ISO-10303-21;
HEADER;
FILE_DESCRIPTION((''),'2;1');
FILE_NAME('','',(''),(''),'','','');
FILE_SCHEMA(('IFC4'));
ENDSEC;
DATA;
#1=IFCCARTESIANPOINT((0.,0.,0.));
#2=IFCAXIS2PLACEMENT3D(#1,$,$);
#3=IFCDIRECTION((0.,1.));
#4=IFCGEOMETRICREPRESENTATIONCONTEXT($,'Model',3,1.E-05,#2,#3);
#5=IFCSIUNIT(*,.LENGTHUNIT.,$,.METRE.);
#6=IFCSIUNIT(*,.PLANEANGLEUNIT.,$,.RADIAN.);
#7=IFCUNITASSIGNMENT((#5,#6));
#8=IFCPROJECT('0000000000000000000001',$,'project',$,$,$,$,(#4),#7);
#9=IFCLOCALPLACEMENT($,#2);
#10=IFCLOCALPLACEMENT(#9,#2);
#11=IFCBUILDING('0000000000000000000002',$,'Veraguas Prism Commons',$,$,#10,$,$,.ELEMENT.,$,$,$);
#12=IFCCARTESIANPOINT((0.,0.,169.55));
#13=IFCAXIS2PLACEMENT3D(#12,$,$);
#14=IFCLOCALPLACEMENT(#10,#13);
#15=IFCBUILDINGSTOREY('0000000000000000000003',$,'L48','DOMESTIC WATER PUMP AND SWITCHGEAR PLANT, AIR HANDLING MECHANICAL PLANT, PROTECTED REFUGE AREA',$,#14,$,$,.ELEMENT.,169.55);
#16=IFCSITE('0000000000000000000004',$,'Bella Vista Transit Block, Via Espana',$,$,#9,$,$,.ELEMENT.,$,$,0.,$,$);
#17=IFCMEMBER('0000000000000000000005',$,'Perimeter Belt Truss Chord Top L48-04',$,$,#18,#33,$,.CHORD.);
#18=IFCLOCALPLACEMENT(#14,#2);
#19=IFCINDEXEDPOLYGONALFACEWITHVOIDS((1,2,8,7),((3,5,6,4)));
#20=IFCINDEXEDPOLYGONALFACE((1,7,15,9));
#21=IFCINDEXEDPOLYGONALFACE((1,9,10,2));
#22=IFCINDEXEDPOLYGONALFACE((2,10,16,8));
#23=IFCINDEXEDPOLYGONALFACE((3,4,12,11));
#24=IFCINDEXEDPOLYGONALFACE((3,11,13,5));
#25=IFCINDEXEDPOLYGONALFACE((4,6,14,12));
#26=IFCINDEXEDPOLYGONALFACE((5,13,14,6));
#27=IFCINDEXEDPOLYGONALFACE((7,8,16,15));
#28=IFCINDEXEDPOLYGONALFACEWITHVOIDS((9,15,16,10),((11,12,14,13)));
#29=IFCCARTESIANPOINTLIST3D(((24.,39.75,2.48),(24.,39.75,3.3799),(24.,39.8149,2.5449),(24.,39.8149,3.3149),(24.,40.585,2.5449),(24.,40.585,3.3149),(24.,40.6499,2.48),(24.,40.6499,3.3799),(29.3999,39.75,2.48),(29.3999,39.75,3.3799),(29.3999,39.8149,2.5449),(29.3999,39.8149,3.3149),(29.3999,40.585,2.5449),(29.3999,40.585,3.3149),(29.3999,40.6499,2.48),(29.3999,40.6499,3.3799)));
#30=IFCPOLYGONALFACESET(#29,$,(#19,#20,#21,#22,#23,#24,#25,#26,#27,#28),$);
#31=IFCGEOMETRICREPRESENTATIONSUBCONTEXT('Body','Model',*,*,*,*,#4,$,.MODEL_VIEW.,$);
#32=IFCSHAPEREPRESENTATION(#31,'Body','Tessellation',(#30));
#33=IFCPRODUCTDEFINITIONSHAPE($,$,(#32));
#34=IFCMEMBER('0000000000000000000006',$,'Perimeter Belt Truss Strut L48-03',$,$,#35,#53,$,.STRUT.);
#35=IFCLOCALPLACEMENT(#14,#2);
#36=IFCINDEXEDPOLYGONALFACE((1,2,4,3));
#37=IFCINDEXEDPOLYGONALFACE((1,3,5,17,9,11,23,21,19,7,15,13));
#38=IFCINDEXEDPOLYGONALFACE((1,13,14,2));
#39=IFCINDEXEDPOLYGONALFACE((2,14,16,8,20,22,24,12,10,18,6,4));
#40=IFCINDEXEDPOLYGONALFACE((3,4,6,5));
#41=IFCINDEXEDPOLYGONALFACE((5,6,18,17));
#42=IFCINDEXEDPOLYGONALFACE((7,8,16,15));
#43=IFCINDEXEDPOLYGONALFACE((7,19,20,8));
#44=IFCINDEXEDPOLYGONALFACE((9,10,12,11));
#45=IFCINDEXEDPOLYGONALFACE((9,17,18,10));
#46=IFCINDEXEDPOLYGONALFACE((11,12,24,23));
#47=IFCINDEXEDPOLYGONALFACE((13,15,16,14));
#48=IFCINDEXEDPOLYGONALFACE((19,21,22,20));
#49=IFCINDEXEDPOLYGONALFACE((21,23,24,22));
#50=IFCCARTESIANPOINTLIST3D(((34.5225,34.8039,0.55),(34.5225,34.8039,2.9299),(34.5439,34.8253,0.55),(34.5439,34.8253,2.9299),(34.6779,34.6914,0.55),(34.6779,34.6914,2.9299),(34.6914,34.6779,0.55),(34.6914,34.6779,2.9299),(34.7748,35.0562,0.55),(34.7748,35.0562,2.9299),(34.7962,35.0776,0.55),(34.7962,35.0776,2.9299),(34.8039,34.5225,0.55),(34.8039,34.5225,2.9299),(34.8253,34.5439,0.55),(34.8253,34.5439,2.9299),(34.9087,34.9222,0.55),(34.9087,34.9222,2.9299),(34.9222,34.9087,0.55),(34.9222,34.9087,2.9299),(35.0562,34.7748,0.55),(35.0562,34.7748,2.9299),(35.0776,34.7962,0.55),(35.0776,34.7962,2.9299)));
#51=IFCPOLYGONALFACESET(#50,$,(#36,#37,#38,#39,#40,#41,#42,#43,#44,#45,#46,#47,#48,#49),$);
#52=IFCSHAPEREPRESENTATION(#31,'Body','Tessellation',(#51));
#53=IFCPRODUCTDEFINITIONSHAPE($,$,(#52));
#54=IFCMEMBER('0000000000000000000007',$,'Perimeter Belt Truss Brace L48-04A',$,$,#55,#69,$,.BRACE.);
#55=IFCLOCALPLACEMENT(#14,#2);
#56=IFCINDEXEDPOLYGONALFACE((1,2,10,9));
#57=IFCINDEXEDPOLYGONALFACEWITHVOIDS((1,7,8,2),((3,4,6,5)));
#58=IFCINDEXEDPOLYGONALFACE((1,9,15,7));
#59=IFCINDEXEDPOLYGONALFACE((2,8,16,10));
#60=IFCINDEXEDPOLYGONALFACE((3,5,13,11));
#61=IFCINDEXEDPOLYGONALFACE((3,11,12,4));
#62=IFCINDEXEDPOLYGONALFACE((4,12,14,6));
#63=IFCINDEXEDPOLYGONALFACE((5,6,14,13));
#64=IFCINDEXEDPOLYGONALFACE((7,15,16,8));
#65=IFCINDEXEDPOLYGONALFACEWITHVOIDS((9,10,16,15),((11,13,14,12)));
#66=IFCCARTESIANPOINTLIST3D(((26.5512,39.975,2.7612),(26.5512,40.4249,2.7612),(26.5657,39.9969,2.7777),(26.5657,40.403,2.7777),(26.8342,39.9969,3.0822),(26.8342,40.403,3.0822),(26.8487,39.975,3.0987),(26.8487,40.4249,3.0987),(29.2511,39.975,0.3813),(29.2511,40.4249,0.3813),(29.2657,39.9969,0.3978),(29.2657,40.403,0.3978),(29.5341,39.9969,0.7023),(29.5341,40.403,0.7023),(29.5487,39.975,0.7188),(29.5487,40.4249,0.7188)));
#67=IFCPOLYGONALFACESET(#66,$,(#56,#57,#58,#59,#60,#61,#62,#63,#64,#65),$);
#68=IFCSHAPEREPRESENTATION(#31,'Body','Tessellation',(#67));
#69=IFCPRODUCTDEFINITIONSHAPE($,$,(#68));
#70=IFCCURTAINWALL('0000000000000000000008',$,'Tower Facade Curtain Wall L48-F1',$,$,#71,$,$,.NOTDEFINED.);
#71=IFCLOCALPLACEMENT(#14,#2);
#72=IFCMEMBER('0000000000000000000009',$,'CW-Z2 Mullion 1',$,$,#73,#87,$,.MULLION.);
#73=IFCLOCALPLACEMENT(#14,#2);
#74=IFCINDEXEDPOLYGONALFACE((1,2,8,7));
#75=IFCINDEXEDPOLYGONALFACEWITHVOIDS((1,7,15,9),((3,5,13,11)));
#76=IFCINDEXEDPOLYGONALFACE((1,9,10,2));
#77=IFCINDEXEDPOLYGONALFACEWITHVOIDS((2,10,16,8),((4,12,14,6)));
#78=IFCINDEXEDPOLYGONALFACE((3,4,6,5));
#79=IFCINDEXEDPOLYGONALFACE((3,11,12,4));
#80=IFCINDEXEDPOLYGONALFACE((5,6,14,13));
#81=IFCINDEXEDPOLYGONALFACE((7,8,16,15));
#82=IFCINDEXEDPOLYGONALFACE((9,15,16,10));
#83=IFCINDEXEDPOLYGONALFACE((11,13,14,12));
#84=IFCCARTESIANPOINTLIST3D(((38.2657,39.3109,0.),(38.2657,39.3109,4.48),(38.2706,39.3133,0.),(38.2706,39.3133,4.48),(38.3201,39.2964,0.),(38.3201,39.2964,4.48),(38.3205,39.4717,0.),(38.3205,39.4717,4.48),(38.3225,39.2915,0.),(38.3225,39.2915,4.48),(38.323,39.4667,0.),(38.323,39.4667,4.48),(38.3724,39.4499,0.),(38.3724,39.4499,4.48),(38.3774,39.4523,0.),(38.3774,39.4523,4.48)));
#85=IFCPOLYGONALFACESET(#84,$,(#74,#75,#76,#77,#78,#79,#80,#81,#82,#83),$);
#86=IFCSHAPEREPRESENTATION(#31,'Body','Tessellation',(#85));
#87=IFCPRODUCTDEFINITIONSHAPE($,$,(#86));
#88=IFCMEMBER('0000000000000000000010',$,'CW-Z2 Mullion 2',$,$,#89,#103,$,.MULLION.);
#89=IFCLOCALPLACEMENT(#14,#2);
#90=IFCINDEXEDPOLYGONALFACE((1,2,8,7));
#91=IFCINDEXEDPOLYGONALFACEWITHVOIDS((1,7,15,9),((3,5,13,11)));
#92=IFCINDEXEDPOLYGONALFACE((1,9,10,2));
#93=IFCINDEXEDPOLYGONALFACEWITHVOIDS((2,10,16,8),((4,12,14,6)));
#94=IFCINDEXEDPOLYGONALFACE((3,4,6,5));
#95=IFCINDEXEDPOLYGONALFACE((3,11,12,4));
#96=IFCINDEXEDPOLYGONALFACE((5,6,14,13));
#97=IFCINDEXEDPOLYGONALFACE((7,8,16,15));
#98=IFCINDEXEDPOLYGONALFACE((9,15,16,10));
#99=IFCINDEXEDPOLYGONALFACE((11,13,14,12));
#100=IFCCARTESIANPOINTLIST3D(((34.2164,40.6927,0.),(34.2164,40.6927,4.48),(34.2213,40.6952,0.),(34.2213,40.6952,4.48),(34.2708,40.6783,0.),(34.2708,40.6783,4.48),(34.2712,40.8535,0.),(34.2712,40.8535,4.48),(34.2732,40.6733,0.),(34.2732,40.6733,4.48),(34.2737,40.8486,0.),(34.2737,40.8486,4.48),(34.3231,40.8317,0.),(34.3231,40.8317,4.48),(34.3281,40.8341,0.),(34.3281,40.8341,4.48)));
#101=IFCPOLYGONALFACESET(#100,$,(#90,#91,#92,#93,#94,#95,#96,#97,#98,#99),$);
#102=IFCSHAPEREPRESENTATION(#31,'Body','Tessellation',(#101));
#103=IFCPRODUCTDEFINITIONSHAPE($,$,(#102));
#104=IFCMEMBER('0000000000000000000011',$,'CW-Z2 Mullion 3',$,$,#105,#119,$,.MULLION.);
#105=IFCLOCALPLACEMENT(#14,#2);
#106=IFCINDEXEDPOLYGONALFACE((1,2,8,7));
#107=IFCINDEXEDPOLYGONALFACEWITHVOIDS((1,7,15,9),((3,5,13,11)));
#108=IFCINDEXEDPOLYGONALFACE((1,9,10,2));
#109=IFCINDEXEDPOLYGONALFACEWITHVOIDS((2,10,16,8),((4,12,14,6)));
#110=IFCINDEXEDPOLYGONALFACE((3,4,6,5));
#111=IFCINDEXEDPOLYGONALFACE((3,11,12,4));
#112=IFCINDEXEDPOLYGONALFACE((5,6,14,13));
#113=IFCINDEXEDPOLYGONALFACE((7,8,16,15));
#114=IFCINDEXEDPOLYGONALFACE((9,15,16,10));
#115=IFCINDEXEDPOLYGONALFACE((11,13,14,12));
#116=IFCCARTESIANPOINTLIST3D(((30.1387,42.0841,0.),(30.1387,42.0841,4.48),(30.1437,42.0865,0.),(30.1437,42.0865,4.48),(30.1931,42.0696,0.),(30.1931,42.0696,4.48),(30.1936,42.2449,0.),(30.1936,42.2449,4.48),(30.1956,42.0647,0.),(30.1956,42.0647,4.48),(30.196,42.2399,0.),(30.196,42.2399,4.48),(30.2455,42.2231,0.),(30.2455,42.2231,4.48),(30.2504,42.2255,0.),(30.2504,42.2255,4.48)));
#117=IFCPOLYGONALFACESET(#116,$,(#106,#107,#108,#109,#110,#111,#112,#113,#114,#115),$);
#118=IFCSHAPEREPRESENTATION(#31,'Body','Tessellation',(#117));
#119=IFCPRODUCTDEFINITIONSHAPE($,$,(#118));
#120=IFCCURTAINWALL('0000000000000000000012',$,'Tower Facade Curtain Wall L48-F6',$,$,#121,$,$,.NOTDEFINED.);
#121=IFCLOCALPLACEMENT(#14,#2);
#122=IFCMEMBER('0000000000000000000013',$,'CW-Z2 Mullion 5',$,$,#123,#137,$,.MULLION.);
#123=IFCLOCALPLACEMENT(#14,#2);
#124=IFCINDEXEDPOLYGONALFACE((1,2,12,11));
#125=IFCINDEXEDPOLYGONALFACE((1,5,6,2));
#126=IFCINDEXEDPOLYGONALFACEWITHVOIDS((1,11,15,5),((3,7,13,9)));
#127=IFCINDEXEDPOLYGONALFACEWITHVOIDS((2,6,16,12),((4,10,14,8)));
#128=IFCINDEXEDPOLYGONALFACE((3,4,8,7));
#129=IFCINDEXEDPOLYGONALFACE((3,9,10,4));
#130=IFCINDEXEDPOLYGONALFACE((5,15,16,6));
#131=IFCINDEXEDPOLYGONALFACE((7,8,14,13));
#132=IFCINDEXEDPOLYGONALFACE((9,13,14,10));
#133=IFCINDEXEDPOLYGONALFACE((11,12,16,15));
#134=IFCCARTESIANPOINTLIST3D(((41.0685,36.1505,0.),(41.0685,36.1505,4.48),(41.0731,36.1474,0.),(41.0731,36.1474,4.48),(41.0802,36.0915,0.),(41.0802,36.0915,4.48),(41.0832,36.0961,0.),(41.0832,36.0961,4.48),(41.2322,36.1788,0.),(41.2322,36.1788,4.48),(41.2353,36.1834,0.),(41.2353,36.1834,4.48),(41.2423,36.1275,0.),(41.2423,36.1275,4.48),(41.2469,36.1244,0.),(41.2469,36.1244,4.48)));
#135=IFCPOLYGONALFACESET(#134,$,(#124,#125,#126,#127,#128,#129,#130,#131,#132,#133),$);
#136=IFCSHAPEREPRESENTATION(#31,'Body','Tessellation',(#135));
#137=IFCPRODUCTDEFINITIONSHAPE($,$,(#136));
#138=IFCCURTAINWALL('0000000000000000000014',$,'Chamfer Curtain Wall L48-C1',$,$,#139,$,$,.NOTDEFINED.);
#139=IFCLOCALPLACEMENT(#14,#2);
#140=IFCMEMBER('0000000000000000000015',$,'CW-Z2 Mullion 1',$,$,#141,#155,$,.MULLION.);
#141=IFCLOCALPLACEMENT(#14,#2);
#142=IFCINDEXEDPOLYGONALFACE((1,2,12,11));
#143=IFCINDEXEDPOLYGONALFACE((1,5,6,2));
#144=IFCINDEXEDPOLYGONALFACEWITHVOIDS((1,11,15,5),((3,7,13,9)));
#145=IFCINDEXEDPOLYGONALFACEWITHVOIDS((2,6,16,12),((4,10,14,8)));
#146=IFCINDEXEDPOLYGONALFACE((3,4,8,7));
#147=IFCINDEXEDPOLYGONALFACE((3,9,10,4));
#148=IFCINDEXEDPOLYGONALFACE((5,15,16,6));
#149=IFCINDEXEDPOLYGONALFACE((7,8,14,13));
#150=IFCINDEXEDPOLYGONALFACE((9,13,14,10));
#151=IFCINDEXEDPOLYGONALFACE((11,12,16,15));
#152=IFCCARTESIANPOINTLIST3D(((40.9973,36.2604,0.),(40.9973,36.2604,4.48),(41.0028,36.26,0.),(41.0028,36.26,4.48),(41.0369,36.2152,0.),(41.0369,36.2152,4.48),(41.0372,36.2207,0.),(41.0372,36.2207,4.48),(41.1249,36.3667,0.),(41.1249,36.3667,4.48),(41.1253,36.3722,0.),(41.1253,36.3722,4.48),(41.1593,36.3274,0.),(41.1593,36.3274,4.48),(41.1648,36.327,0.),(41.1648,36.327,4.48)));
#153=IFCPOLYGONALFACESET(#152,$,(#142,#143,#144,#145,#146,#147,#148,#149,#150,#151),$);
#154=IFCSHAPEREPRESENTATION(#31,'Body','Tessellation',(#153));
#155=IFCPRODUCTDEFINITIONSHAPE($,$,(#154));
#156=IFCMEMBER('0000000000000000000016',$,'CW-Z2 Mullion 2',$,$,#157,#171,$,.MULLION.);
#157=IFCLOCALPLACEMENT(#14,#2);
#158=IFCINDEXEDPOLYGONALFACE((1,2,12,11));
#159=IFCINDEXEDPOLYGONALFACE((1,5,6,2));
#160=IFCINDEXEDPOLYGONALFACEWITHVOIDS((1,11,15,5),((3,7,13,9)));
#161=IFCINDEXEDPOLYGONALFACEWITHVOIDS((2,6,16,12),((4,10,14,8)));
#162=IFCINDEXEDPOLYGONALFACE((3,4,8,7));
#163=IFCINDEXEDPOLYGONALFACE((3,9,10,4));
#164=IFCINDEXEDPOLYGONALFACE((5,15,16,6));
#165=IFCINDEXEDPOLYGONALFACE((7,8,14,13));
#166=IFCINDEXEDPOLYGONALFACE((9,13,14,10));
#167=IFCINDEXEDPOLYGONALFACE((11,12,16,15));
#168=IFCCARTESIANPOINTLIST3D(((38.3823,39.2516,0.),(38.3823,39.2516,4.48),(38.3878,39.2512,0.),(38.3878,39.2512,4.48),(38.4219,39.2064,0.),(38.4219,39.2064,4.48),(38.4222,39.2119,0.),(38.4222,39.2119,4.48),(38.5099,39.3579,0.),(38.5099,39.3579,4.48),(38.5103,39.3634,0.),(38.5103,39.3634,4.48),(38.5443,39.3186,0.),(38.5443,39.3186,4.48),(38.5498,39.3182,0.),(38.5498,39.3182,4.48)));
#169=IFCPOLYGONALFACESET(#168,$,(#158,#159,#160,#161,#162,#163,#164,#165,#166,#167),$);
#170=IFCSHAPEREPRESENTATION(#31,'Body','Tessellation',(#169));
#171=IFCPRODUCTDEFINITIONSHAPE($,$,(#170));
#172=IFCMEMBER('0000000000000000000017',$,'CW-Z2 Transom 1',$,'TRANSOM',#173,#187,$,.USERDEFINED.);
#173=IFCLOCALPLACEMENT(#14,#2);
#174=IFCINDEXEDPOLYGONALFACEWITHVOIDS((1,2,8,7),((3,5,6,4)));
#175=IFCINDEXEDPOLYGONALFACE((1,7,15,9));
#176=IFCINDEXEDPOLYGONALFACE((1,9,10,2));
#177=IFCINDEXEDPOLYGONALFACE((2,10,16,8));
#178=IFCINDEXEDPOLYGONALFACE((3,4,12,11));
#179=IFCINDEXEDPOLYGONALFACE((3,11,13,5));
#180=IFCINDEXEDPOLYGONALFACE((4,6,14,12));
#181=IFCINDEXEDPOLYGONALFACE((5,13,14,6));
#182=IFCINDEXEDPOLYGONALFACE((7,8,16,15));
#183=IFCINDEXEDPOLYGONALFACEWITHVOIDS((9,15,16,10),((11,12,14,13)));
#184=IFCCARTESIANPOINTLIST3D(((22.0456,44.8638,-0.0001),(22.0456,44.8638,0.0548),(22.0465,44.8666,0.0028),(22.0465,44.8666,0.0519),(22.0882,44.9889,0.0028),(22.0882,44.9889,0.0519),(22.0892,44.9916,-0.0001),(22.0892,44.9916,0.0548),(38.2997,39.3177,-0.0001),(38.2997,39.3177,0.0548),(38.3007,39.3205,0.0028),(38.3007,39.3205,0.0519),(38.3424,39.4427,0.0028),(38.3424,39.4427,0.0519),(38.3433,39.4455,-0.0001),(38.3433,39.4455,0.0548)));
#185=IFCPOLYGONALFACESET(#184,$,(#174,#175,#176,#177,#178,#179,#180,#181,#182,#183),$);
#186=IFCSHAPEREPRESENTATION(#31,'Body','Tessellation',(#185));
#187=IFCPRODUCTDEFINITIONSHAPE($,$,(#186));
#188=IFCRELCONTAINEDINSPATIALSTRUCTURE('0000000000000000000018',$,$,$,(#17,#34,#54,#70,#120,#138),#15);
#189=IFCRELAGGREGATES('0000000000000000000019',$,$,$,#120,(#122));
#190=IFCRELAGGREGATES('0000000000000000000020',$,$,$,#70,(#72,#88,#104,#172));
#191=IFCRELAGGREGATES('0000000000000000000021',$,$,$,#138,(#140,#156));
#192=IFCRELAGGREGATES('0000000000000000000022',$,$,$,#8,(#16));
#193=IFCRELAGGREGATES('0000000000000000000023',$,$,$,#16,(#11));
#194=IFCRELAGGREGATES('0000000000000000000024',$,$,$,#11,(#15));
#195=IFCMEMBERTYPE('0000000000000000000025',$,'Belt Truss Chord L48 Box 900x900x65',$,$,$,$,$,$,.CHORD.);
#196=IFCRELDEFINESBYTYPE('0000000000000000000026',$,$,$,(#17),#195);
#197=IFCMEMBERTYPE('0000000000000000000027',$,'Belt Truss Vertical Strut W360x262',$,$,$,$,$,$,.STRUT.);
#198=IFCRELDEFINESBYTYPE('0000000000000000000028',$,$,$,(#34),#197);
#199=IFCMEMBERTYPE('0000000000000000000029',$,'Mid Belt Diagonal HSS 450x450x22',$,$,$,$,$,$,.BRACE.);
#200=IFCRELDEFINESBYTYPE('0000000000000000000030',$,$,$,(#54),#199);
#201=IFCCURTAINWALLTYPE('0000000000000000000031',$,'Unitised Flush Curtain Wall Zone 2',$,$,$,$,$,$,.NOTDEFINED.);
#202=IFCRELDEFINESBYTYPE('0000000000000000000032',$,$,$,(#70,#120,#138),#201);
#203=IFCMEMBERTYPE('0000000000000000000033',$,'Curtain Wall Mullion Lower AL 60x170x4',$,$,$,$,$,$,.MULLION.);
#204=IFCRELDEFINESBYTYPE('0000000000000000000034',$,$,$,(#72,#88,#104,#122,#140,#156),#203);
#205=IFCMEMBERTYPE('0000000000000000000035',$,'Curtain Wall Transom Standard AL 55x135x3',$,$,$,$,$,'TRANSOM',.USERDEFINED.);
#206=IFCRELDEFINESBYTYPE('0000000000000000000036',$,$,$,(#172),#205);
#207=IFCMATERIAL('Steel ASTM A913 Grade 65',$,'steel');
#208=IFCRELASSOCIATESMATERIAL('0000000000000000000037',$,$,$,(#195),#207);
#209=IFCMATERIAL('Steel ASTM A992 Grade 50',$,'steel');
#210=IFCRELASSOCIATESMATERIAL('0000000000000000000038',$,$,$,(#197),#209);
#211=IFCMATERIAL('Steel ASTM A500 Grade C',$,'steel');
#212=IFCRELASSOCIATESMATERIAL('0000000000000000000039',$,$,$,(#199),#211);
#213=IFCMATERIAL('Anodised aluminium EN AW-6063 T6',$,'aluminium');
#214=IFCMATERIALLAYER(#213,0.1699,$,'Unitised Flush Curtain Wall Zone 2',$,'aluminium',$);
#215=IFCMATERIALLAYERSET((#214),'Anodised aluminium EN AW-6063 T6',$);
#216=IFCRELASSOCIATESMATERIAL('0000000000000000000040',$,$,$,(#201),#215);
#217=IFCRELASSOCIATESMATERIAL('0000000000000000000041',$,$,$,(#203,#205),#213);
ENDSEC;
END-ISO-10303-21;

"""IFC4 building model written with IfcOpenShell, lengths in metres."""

from ifc_helpers import new_model, si_unit, direction, frame, origin, origin_2d, place, context, subcontext, project, spatial, hollow_rectangle, i_section, extrude, source, transform, mapped, material, layer, layer_set, material_profile, profile_set, type_object, element, aggregate, save


model = new_model("IFC4")

# Units and contexts
model_context = context("Model", 3, precision=1e-05, world=origin(), true_north=direction((0.0, 1.0)))
body_context = subcontext(model_context, "Body", "Model", "MODEL_VIEW")
ifc_project = project(units=[si_unit("LENGTHUNIT", "METRE"), si_unit("PLANEANGLEUNIT", "RADIAN")], contexts=[model_context])

# Site, building, storey
site_placement = place(None, origin())
site = spatial("IfcSite", under=ifc_project, at=site_placement, Name="Bella Vista Transit Block, Via Espana", CompositionType="ELEMENT", RefElevation=0.0)
building_placement = place(site_placement, origin())
building = spatial("IfcBuilding", under=site, at=building_placement, Name="Veraguas Prism Commons", CompositionType="ELEMENT")
storey_placement = place(building_placement, frame((0.0, 0.0, 169.55)))
storey = spatial("IfcBuildingStorey", under=building, at=storey_placement, Name="L48", Description="DOMESTIC WATER PUMP AND SWITCHGEAR PLANT, AIR HANDLING MECHANICAL PLANT, PROTECTED REFUGE AREA", CompositionType="ELEMENT", Elevation=169.55)

# Members
ifc_material_1 = material(Name="Steel ASTM A913 Grade 65", Category="steel")
ifc_material_profile_1 = material_profile(ifc_material_1, hollow_rectangle(XDim=0.8999, YDim=0.8999, WallThickness=0.0649, at=origin_2d()), Name="BOX900X900X65")
ifc_profile_set_1 = profile_set([ifc_material_profile_1], Name="Steel ASTM A913 Grade 65")
member_type_1 = type_object("IfcMemberType", Name="Belt Truss Chord L48 Box 900x900x65", PredefinedType="CHORD", material=ifc_profile_set_1)
member_1_placement = place(storey_placement, frame((29.3999, 40.2, 2.9299), z_axis=(-1.0, 0.0, 0.0), x_axis=(0.0, -1.0, 0.0)))
element("IfcMember", 1, at=member_1_placement, inside=storey, type_object=member_type_1, Name="Perimeter Belt Truss Chord Top L48-04", PredefinedType="CHORD", context=body_context, shape_type="SweptSolid", body=[
    extrude(hollow_rectangle(XDim=0.8999, YDim=0.8999, WallThickness=0.0649, at=origin_2d()), origin(), (0.0, 0.0, 1.0), 5.3999),
])
ifc_material_2 = material(Name="Steel ASTM A992 Grade 50", Category="steel")
ifc_material_profile_2 = material_profile(ifc_material_2, i_section(OverallWidth=0.3979, OverallDepth=0.387, WebThickness=0.019, FlangeThickness=0.0303, at=origin_2d()), Name="W360X262")
ifc_profile_set_2 = profile_set([ifc_material_profile_2], Name="Steel ASTM A992 Grade 50")
member_type_2 = type_object("IfcMemberType", Name="Belt Truss Vertical Strut W360x262", PredefinedType="STRUT", material=ifc_profile_set_2)
member_2_placement = place(storey_placement, frame((34.8, 34.8, 0.55), z_axis=(0.0, 0.0, 1.0), x_axis=(-0.707107, 0.707107, 0.0)))
element("IfcMember", 2, at=member_2_placement, inside=storey, type_object=member_type_2, Name="Perimeter Belt Truss Strut L48-03", PredefinedType="STRUT", context=body_context, shape_type="SweptSolid", body=[
    extrude(i_section(OverallWidth=0.3979, OverallDepth=0.387, WebThickness=0.019, FlangeThickness=0.0303, at=origin_2d()), origin(), (0.0, 0.0, 1.0), 2.3799),
])
ifc_material_3 = material(Name="Steel ASTM A500 Grade C", Category="steel")
ifc_material_profile_3 = material_profile(ifc_material_3, hollow_rectangle(XDim=0.45, YDim=0.45, WallThickness=0.022, at=origin_2d()), Name="HSS450X450X22")
ifc_profile_set_3 = profile_set([ifc_material_profile_3], Name="Steel ASTM A500 Grade C")
member_type_3 = type_object("IfcMemberType", Name="Mid Belt Diagonal HSS 450x450x22", PredefinedType="BRACE", material=ifc_profile_set_3)
member_3_placement = place(storey_placement, frame((29.3999, 40.2, 0.55), z_axis=(-0.750172, 0.0, 0.661242), x_axis=(0.0, -1.0, 0.0)))
element("IfcMember", 3, at=member_3_placement, inside=storey, type_object=member_type_3, Name="Perimeter Belt Truss Brace L48-04A", PredefinedType="BRACE", context=body_context, shape_type="SweptSolid", body=[
    extrude(hollow_rectangle(XDim=0.45, YDim=0.45, WallThickness=0.022, at=origin_2d()), origin(), (0.0, 0.0, 1.0), 3.5991),
])

# Curtain wall, members
ifc_material_4 = material(Name="Anodised aluminium EN AW-6063 T6", Category="aluminium")
ifc_layer_1 = layer(ifc_material_4, 0.1699, Name="Unitised Flush Curtain Wall Zone 2", Category="aluminium")
ifc_layer_set_1 = layer_set([ifc_layer_1], Name="Anodised aluminium EN AW-6063 T6")
curtain_wall_type = type_object("IfcCurtainWallType", Name="Unitised Flush Curtain Wall Zone 2", PredefinedType="NOTDEFINED", material=ifc_layer_set_1)
curtain_wall_1_placement = place(storey_placement, origin())
curtain_wall_1 = element("IfcCurtainWall", 4, at=curtain_wall_1_placement, inside=storey, type_object=curtain_wall_type, Name="Tower Facade Curtain Wall L48-F1", PredefinedType="NOTDEFINED")
ifc_material_profile_4 = material_profile(ifc_material_4, hollow_rectangle(XDim=0.0601, YDim=0.1699, WallThickness=0.0039, at=origin_2d()), Name="AL60X170X4")
ifc_profile_set_4 = profile_set([ifc_material_profile_4], Name="Anodised aluminium EN AW-6063 T6")
member_type_4 = type_object("IfcMemberType", Name="Curtain Wall Mullion Lower AL 60x170x4", PredefinedType="MULLION", material=ifc_profile_set_4)
shared_shape_1 = source(origin(), body_context, "Body", "SweptSolid", [
    extrude(hollow_rectangle(XDim=0.0601, YDim=0.1699, WallThickness=0.0039, at=origin_2d()), origin(), (0.0, 0.0, 1.0), 4.48),
])
member_4_placement = place(storey_placement, frame((38.3215, 39.3816, 0.0), z_axis=(0.0, 0.0, 1.0), x_axis=(-0.946425, 0.322925, 0.0)))
member_4 = element("IfcMember", 5, at=member_4_placement, type_object=member_type_4, Name="CW-Z2 Mullion 1", PredefinedType="MULLION", context=body_context, shape_type="MappedRepresentation", body=[
    mapped(shared_shape_1, transform((0.0, 0.0, 0.0), scale=1.0)),
])
member_5_placement = place(storey_placement, frame((34.2722, 40.7634, 0.0), z_axis=(0.0, 0.0, 1.0), x_axis=(-0.946425, 0.322925, 0.0)))
member_5 = element("IfcMember", 6, at=member_5_placement, type_object=member_type_4, Name="CW-Z2 Mullion 2", PredefinedType="MULLION", context=body_context, shape_type="MappedRepresentation", body=[
    mapped(shared_shape_1, transform((0.0, 0.0, 0.0), scale=1.0)),
])
member_6_placement = place(storey_placement, frame((30.1946, 42.1548, 0.0), z_axis=(0.0, 0.0, 1.0), x_axis=(-0.946425, 0.322925, 0.0)))
member_6 = element("IfcMember", 7, at=member_6_placement, type_object=member_type_4, Name="CW-Z2 Mullion 3", PredefinedType="MULLION", context=body_context, shape_type="MappedRepresentation", body=[
    mapped(shared_shape_1, transform((0.0, 0.0, 0.0), scale=1.0)),
])

# Curtain wall, member
curtain_wall_2_placement = place(storey_placement, origin())
curtain_wall_2 = element("IfcCurtainWall", 8, at=curtain_wall_2_placement, inside=storey, type_object=curtain_wall_type, Name="Tower Facade Curtain Wall L48-F6", PredefinedType="NOTDEFINED")
member_7_placement = place(storey_placement, frame((41.1577, 36.1375, 0.0), z_axis=(0.0, 0.0, 1.0), x_axis=(-0.193549, 0.981091, 0.0)))
member_7 = element("IfcMember", 9, at=member_7_placement, type_object=member_type_4, Name="CW-Z2 Mullion 5", PredefinedType="MULLION", context=body_context, shape_type="MappedRepresentation", body=[
    mapped(shared_shape_1, transform((0.0, 0.0, 0.0), scale=1.0)),
])
aggregate(curtain_wall_2, [member_7])

# Curtain wall, members
curtain_wall_3_placement = place(storey_placement, origin())
curtain_wall_3 = element("IfcCurtainWall", 10, at=curtain_wall_3_placement, inside=storey, type_object=curtain_wall_type, Name="Chamfer Curtain Wall L48-C1", PredefinedType="NOTDEFINED")
member_8_placement = place(storey_placement, frame((41.0811, 36.2937, 0.0), z_axis=(0.0, 0.0, 1.0), x_axis=(-0.658186, 0.752855, 0.0)))
member_8 = element("IfcMember", 11, at=member_8_placement, type_object=member_type_4, Name="CW-Z2 Mullion 1", PredefinedType="MULLION", context=body_context, shape_type="MappedRepresentation", body=[
    mapped(shared_shape_1, transform((0.0, 0.0, 0.0), scale=1.0)),
])
member_9_placement = place(storey_placement, frame((38.4661, 39.2849, 0.0), z_axis=(0.0, 0.0, 1.0), x_axis=(-0.658186, 0.752855, 0.0)))
member_9 = element("IfcMember", 12, at=member_9_placement, type_object=member_type_4, Name="CW-Z2 Mullion 2", PredefinedType="MULLION", context=body_context, shape_type="MappedRepresentation", body=[
    mapped(shared_shape_1, transform((0.0, 0.0, 0.0), scale=1.0)),
])

# Member
ifc_material_profile_5 = material_profile(ifc_material_4, hollow_rectangle(XDim=0.0549, YDim=0.135, WallThickness=0.0029, at=origin_2d()), Name="AL55X135X3")
ifc_profile_set_5 = profile_set([ifc_material_profile_5], Name="Anodised aluminium EN AW-6063 T6")
member_type_5 = type_object("IfcMemberType", Name="Curtain Wall Transom Standard AL 55x135x3", ElementType="TRANSOM", PredefinedType="USERDEFINED", material=ifc_profile_set_5)
shared_shape_2 = source(origin(), body_context, "Body", "SweptSolid", [
    extrude(hollow_rectangle(XDim=0.0549, YDim=0.135, WallThickness=0.0029, at=origin_2d()), origin(), (0.0, 0.0, 1.0), 17.1743),
])
member_10_placement = place(storey_placement, frame((38.3215, 39.3816, 0.0273), z_axis=(-0.946422, 0.322932, 0.0), x_axis=(0.0, 0.0, 1.0)))
member_10 = element("IfcMember", 13, at=member_10_placement, type_object=member_type_5, Name="CW-Z2 Transom 1", ObjectType="TRANSOM", PredefinedType="USERDEFINED", context=body_context, shape_type="MappedRepresentation", body=[
    mapped(shared_shape_2, transform((0.0, 0.0, 0.0), scale=1.0)),
])

aggregate(curtain_wall_1, [member_4, member_5, member_6, member_10])
aggregate(curtain_wall_3, [member_8, member_9])

save(model, "model.ifc")
